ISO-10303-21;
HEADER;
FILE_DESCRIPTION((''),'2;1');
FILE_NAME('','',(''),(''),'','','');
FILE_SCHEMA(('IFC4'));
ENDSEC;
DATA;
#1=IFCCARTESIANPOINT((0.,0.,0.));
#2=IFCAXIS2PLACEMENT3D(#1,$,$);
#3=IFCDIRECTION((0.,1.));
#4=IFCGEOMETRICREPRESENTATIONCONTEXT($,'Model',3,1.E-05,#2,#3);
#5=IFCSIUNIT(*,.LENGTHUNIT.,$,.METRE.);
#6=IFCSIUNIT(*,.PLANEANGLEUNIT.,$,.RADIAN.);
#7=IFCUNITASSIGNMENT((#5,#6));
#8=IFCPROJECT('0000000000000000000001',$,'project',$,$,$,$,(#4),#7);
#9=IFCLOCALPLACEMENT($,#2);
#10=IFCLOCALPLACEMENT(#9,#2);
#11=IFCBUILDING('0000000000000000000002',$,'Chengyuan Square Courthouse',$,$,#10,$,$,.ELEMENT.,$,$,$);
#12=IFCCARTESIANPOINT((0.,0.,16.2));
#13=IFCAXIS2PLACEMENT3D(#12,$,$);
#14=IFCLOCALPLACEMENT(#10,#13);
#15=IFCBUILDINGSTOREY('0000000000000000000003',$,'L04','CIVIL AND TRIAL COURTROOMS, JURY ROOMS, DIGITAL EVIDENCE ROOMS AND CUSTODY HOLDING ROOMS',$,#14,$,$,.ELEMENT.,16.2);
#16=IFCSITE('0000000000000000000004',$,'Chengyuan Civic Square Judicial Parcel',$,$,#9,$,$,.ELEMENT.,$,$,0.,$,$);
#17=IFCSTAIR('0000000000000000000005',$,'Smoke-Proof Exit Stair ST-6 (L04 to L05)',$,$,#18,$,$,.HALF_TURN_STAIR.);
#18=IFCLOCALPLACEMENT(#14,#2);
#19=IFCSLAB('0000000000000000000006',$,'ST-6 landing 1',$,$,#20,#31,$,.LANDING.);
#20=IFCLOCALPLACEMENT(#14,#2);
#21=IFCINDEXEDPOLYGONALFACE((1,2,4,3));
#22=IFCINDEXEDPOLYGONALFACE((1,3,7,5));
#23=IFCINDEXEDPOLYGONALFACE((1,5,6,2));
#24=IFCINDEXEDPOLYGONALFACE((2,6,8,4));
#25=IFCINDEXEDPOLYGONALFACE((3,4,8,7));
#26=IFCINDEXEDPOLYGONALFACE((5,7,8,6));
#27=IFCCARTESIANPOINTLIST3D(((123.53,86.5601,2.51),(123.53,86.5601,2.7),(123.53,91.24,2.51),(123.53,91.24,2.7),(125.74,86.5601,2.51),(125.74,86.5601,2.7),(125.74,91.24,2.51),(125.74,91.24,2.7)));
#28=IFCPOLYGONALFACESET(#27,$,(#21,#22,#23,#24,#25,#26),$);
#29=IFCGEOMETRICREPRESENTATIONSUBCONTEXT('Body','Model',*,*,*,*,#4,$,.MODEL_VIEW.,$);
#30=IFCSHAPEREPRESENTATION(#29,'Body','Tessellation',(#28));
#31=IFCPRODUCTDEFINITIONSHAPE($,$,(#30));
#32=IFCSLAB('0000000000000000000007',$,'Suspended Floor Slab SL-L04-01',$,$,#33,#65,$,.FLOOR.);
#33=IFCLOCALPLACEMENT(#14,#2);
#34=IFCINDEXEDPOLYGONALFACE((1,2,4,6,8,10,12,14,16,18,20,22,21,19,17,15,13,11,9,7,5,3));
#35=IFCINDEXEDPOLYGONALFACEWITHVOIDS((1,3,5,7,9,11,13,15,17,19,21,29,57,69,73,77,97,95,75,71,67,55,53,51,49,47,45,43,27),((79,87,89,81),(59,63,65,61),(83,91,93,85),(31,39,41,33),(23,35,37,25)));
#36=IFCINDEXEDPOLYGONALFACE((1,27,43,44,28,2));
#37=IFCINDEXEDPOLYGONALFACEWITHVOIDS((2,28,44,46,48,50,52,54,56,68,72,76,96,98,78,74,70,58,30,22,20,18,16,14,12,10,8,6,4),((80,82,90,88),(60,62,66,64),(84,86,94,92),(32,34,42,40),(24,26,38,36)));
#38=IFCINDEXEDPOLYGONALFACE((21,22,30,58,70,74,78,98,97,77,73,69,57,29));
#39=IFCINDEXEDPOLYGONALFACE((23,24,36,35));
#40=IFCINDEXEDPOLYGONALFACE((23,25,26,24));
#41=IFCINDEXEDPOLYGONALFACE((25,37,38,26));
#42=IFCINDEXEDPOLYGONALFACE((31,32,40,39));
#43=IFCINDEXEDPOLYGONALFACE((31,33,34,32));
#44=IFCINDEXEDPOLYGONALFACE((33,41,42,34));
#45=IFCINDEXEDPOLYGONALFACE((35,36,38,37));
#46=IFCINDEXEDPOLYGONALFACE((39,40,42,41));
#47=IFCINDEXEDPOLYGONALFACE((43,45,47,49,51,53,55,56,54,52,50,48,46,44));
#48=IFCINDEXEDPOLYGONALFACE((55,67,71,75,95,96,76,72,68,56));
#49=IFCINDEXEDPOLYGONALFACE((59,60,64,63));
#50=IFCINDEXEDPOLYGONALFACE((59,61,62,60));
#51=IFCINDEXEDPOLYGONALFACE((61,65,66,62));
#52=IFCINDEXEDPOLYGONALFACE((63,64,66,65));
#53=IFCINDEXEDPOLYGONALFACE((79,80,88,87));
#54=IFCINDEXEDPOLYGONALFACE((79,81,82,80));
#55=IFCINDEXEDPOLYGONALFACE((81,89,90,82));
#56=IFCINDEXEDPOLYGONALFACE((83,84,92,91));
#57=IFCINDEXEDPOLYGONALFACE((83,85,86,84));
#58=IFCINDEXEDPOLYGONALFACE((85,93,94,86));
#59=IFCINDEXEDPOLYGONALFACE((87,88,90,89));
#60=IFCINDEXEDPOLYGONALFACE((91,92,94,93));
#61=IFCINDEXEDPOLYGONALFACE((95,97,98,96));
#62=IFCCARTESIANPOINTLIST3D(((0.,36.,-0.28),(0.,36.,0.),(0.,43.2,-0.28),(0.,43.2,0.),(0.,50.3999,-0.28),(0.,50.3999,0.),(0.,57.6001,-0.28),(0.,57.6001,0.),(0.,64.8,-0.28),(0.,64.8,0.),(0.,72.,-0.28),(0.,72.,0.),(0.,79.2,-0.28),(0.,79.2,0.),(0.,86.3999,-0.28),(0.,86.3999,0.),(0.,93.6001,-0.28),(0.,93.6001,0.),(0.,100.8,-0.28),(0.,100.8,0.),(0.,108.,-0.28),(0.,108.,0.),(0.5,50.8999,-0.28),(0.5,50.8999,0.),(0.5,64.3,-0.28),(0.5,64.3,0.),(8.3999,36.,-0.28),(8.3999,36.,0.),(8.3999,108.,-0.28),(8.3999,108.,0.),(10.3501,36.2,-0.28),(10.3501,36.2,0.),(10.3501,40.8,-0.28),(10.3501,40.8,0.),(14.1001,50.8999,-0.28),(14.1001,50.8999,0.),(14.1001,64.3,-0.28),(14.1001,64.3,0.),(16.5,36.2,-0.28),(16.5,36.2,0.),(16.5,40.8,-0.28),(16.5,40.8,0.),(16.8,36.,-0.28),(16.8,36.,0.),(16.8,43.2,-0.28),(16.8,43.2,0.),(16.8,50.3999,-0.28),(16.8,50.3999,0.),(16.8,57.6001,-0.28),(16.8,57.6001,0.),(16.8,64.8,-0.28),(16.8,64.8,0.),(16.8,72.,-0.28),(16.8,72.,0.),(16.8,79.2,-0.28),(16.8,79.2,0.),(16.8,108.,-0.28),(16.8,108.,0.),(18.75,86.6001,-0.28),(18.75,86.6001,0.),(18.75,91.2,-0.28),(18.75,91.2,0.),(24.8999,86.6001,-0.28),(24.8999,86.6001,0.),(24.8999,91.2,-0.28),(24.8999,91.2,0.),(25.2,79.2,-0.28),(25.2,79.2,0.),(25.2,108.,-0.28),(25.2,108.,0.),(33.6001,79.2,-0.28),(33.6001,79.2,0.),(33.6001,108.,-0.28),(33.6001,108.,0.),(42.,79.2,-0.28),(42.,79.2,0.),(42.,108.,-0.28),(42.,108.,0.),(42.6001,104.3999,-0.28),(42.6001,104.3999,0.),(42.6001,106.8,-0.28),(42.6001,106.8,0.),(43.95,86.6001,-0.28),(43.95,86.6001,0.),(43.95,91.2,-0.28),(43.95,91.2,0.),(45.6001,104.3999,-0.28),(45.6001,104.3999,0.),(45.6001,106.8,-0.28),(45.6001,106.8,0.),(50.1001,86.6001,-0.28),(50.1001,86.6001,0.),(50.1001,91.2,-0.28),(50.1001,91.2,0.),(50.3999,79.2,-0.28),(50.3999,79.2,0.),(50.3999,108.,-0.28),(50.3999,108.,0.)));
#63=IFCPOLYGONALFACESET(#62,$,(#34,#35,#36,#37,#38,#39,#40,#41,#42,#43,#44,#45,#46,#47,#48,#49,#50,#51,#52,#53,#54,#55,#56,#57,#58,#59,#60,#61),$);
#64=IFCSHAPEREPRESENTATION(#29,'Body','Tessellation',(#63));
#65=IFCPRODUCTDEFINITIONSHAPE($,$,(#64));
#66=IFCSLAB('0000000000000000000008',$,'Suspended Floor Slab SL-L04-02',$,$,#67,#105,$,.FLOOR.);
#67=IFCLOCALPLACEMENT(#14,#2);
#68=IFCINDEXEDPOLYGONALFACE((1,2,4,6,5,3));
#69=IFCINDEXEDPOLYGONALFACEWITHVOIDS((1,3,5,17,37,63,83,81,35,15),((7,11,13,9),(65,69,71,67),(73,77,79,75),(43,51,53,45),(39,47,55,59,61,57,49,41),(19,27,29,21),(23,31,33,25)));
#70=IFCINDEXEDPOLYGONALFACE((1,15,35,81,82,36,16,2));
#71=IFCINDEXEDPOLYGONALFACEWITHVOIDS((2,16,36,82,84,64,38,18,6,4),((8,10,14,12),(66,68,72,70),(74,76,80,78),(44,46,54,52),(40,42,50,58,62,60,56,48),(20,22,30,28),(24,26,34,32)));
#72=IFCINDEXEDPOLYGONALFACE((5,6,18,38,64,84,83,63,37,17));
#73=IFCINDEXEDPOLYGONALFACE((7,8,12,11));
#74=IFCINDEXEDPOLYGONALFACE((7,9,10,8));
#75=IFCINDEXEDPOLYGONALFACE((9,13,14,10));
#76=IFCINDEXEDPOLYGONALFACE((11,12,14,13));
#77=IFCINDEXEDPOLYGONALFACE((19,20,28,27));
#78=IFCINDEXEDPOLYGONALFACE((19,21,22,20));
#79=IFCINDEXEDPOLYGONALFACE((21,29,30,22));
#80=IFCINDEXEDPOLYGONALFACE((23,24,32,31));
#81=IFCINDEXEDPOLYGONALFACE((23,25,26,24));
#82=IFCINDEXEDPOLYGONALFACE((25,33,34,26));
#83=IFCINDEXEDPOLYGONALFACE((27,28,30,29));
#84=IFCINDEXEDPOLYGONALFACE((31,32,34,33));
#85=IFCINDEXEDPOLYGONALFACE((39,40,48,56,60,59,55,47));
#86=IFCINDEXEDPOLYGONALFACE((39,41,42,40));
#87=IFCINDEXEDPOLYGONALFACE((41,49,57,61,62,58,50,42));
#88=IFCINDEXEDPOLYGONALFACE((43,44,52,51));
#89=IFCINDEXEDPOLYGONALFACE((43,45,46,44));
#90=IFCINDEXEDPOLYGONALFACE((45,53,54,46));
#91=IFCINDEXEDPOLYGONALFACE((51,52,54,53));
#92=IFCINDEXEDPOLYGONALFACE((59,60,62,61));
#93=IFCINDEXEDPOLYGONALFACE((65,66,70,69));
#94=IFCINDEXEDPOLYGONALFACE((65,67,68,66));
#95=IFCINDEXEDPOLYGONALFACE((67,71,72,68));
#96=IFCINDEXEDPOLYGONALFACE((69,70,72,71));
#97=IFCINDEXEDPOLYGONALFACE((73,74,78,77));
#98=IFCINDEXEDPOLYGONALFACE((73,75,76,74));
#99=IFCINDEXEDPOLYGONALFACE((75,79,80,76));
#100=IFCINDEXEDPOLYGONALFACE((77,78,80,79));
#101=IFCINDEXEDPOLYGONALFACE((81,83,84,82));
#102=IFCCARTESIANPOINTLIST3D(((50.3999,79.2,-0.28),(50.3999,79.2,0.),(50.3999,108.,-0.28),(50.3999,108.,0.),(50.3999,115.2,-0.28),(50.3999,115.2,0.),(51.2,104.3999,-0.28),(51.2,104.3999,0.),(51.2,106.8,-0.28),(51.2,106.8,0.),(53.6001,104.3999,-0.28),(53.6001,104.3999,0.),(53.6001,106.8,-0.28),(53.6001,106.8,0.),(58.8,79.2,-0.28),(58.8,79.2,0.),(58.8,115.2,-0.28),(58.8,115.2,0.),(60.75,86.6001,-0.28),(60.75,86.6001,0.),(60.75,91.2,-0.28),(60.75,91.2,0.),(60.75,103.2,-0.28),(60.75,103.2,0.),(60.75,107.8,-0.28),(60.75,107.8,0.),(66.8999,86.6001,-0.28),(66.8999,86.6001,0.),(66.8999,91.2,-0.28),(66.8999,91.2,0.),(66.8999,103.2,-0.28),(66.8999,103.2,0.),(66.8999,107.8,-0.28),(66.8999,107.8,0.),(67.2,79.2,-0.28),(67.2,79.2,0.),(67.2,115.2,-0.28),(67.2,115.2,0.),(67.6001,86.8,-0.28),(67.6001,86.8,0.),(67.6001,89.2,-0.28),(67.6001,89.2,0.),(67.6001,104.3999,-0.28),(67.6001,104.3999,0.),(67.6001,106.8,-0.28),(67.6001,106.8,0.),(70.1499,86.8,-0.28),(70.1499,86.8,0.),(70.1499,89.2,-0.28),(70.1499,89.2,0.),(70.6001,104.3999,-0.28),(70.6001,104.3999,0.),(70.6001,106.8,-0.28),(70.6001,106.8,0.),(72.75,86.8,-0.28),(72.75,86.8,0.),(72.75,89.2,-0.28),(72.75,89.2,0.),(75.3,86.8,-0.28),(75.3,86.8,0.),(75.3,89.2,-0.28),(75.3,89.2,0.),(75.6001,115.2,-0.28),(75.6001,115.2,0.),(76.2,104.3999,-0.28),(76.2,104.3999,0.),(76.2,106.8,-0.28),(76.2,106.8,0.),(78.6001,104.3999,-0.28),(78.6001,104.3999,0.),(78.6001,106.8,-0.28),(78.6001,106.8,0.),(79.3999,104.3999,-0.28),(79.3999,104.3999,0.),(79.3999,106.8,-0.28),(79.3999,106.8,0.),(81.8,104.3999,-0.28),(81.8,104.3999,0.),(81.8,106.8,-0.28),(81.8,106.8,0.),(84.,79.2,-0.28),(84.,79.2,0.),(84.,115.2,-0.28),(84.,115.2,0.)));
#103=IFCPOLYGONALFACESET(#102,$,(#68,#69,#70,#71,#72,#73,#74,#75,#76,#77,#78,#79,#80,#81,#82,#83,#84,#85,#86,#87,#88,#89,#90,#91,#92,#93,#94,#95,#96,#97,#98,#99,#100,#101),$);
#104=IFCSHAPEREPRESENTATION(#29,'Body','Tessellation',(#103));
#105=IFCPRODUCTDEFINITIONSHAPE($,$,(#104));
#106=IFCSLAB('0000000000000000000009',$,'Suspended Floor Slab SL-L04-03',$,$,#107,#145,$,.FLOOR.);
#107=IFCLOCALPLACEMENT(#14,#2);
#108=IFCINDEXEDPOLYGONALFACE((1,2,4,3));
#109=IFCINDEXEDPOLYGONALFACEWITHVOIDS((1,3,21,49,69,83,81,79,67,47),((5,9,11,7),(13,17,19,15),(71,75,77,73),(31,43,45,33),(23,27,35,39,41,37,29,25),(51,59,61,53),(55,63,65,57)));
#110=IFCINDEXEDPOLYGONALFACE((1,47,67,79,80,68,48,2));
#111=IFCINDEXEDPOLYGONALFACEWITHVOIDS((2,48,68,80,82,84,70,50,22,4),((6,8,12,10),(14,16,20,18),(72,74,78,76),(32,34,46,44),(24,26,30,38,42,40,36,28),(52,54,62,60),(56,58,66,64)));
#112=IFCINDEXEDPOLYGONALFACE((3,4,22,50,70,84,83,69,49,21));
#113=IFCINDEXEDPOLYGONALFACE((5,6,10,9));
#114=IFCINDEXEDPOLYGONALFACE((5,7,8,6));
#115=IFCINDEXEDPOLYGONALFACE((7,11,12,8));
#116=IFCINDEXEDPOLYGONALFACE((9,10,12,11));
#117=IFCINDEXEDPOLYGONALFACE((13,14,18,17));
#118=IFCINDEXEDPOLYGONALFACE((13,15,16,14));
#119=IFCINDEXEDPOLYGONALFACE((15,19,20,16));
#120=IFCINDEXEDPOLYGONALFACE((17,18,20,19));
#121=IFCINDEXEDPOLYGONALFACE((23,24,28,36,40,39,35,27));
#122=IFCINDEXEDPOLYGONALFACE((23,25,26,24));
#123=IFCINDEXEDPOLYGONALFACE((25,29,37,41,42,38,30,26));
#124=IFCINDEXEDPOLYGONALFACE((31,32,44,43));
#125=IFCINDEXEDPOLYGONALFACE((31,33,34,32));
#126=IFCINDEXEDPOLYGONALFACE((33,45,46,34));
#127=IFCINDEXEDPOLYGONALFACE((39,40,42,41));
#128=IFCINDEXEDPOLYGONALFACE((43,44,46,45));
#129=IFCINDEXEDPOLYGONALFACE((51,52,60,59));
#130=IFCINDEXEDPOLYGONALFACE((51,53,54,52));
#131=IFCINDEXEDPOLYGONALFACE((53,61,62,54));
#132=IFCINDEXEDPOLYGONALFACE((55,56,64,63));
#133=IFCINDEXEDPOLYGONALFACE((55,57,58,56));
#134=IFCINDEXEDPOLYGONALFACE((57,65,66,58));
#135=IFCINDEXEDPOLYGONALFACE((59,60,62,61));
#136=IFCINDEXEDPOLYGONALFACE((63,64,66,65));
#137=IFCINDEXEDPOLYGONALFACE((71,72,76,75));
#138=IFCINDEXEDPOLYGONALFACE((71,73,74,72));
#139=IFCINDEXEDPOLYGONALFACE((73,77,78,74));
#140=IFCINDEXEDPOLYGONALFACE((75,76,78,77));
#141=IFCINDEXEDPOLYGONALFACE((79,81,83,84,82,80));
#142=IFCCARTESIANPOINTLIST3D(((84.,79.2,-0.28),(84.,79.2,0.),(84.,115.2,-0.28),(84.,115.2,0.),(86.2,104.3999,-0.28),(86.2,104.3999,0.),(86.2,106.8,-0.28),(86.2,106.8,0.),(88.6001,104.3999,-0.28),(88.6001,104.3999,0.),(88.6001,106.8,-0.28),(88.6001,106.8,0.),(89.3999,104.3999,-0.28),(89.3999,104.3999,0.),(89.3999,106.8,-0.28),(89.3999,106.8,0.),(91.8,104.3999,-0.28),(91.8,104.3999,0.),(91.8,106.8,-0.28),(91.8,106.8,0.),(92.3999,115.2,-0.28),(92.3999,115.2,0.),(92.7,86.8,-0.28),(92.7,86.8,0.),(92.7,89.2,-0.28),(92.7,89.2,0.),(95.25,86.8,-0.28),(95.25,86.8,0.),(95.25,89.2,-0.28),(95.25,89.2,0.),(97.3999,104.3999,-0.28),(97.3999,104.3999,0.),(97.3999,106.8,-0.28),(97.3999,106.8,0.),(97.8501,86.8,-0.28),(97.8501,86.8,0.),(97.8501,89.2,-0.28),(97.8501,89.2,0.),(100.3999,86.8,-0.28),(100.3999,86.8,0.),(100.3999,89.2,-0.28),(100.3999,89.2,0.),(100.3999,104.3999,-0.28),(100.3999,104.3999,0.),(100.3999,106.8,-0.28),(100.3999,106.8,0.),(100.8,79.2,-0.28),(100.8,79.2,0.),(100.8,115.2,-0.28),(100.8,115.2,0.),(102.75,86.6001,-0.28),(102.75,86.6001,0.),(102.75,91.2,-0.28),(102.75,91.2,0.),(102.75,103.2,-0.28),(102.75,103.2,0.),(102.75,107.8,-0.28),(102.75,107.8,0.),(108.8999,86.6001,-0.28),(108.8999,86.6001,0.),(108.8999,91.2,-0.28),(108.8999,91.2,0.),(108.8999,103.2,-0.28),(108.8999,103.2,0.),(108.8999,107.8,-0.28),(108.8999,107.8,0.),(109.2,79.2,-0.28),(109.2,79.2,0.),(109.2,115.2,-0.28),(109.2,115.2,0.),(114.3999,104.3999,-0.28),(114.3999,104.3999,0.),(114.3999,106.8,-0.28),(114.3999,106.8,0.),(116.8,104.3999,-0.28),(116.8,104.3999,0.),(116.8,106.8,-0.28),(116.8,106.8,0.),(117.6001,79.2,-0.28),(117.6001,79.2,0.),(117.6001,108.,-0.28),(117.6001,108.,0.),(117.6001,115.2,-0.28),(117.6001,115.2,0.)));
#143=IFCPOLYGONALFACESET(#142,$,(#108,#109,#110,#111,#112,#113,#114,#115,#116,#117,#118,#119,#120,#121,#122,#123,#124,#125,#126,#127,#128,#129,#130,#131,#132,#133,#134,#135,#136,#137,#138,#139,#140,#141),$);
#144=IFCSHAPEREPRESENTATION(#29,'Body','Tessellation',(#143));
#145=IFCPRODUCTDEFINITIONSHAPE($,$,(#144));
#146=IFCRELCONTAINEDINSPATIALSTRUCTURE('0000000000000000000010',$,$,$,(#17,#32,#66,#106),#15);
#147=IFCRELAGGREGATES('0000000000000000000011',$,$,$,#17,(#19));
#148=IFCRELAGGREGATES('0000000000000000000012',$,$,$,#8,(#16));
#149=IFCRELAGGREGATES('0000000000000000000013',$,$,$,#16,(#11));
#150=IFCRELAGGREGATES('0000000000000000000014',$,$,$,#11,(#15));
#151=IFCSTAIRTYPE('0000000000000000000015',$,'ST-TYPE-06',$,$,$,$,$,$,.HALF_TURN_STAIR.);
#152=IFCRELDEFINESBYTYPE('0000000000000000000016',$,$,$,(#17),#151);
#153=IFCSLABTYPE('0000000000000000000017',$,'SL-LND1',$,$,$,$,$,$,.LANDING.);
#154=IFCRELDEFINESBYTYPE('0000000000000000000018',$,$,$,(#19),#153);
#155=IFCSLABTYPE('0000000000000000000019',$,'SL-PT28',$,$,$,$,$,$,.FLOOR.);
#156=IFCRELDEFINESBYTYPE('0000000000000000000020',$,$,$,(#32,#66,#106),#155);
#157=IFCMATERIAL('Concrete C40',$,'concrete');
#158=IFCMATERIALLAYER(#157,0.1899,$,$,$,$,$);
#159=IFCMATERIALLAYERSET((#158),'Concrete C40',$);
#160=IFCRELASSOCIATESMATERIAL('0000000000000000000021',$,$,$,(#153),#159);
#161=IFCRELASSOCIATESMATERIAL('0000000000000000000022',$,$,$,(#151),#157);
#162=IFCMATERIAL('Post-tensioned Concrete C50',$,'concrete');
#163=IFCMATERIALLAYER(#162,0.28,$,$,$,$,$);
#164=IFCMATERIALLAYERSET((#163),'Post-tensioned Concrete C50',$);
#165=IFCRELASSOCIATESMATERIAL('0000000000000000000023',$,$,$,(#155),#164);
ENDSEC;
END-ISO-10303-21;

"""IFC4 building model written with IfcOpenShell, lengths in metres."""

from ifc_helpers import new_model, si_unit, direction, frame, origin, place, context, subcontext, project, spatial, polyline, outline, extrude, material, layer, layer_set, type_object, element, aggregate, save


model = new_model("IFC4")

# Units and contexts
model_context = context("Model", 3, precision=1e-05, world=origin(), true_north=direction((0.0, 1.0)))
body_context = subcontext(model_context, "Body", "Model", "MODEL_VIEW")
ifc_project = project(units=[si_unit("LENGTHUNIT", "METRE"), si_unit("PLANEANGLEUNIT", "RADIAN")], contexts=[model_context])

# Site, building, storey
site_placement = place(None, origin())
site = spatial("IfcSite", under=ifc_project, at=site_placement, Name="Chengyuan Civic Square Judicial Parcel", CompositionType="ELEMENT", RefElevation=0.0)
building_placement = place(site_placement, origin())
building = spatial("IfcBuilding", under=site, at=building_placement, Name="Chengyuan Square Courthouse", CompositionType="ELEMENT")
storey_placement = place(building_placement, frame((0.0, 0.0, 16.2)))
storey = spatial("IfcBuildingStorey", under=building, at=storey_placement, Name="L04", Description="CIVIL AND TRIAL COURTROOMS, JURY ROOMS, DIGITAL EVIDENCE ROOMS AND CUSTODY HOLDING ROOMS", CompositionType="ELEMENT", Elevation=16.2)

# Shared definitions
ifc_material_1 = material(Name="Concrete C40", Category="concrete")

# Stair, slab
ifc_layer_1 = layer(ifc_material_1, 0.1899)
ifc_layer_set_1 = layer_set([ifc_layer_1], Name="Concrete C40")
slab_type_1 = type_object("IfcSlabType", Name="SL-LND1", PredefinedType="LANDING", material=ifc_layer_set_1)
stair_type_1 = type_object("IfcStairType", Name="ST-TYPE-06", PredefinedType="HALF_TURN_STAIR", material=ifc_material_1)
stair_1_placement = place(storey_placement, origin())
stair_1 = element("IfcStair", 1, at=stair_1_placement, inside=storey, type_object=stair_type_1, Name="Smoke-Proof Exit Stair ST-6 (L04 to L05)", PredefinedType="HALF_TURN_STAIR")
slab_1_placement = place(storey_placement, frame((0.0, 0.0, 2.51)))
slab_1 = element("IfcSlab", 2, at=slab_1_placement, type_object=slab_type_1, Name="ST-6 landing 1", PredefinedType="LANDING", context=body_context, shape_type="SweptSolid", body=[
    extrude(outline(polyline([(123.53, 86.5601), (125.74, 86.5601), (125.74, 91.24), (123.53, 91.24), (123.53, 86.5601)])), origin(), (0.0, 0.0, 1.0), 0.1899),
])
aggregate(stair_1, [slab_1])

# Slabs
ifc_material_2 = material(Name="Post-tensioned Concrete C50", Category="concrete")
ifc_layer_2 = layer(ifc_material_2, 0.28)
ifc_layer_set_2 = layer_set([ifc_layer_2], Name="Post-tensioned Concrete C50")
slab_type_2 = type_object("IfcSlabType", Name="SL-PT28", PredefinedType="FLOOR", material=ifc_layer_set_2)
slab_2_placement = place(storey_placement, frame((0.0, 0.0, -0.28)))
element("IfcSlab", 3, at=slab_2_placement, inside=storey, type_object=slab_type_2, Name="Suspended Floor Slab SL-L04-01", PredefinedType="FLOOR", context=body_context, shape_type="SweptSolid", body=[
    extrude(outline(polyline([(0.0, 86.3999), (0.0, 93.6001), (0.0, 100.8), (0.0, 108.0), (8.3999, 108.0), (16.8, 108.0), (25.2, 108.0), (33.6001, 108.0), (42.0, 108.0), (50.3999, 108.0), (50.3999, 79.2), (42.0, 79.2), (33.6001, 79.2), (25.2, 79.2), (16.8, 79.2), (16.8, 72.0), (16.8, 64.8), (16.8, 57.6001), (16.8, 50.3999), (16.8, 43.2), (16.8, 36.0), (8.3999, 36.0), (0.0, 36.0), (0.0, 43.2), (0.0, 50.3999), (0.0, 57.6001), (0.0, 64.8), (0.0, 72.0), (0.0, 79.2), (0.0, 86.3999)]), holes=[polyline([(10.3501, 40.8), (10.3501, 36.2), (16.5, 36.2), (16.5, 40.8), (10.3501, 40.8)]), polyline([(14.1001, 64.3), (0.5, 64.3), (0.5, 50.8999), (14.1001, 50.8999), (14.1001, 64.3)]), polyline([(24.8999, 91.2), (18.75, 91.2), (18.75, 86.6001), (24.8999, 86.6001), (24.8999, 91.2)]), polyline([(43.95, 91.2), (43.95, 86.6001), (50.1001, 86.6001), (50.1001, 91.2), (43.95, 91.2)]), polyline([(45.6001, 106.8), (42.6001, 106.8), (42.6001, 104.3999), (45.6001, 104.3999), (45.6001, 106.8)])]), origin(), (0.0, 0.0, 1.0), 0.28),
])
slab_3_placement = place(storey_placement, frame((0.0, 0.0, -0.28)))
element("IfcSlab", 4, at=slab_3_placement, inside=storey, type_object=slab_type_2, Name="Suspended Floor Slab SL-L04-02", PredefinedType="FLOOR", context=body_context, shape_type="SweptSolid", body=[
    extrude(outline(polyline([(50.3999, 115.2), (58.8, 115.2), (67.2, 115.2), (75.6001, 115.2), (84.0, 115.2), (84.0, 79.2), (67.2, 79.2), (58.8, 79.2), (50.3999, 79.2), (50.3999, 108.0), (50.3999, 115.2)]), holes=[polyline([(70.1499, 89.2), (67.6001, 89.2), (67.6001, 86.8), (70.1499, 86.8), (72.75, 86.8), (75.3, 86.8), (75.3, 89.2), (72.75, 89.2), (70.1499, 89.2)]), polyline([(66.8999, 91.2), (60.75, 91.2), (60.75, 86.6001), (66.8999, 86.6001), (66.8999, 91.2)]), polyline([(66.8999, 107.8), (60.75, 107.8), (60.75, 103.2), (66.8999, 103.2), (66.8999, 107.8)]), polyline([(53.6001, 106.8), (51.2, 106.8), (51.2, 104.3999), (53.6001, 104.3999), (53.6001, 106.8)]), polyline([(70.6001, 106.8), (67.6001, 106.8), (67.6001, 104.3999), (70.6001, 104.3999), (70.6001, 106.8)]), polyline([(78.6001, 106.8), (76.2, 106.8), (76.2, 104.3999), (78.6001, 104.3999), (78.6001, 106.8)]), polyline([(79.3999, 106.8), (79.3999, 104.3999), (81.8, 104.3999), (81.8, 106.8), (79.3999, 106.8)])]), origin(), (0.0, 0.0, 1.0), 0.28),
])
slab_4_placement = place(storey_placement, frame((0.0, 0.0, -0.28)))
element("IfcSlab", 5, at=slab_4_placement, inside=storey, type_object=slab_type_2, Name="Suspended Floor Slab SL-L04-03", PredefinedType="FLOOR", context=body_context, shape_type="SweptSolid", body=[
    extrude(outline(polyline([(92.3999, 115.2), (100.8, 115.2), (109.2, 115.2), (117.6001, 115.2), (117.6001, 108.0), (117.6001, 79.2), (109.2, 79.2), (100.8, 79.2), (84.0, 79.2), (84.0, 115.2), (92.3999, 115.2)]), holes=[polyline([(95.25, 89.2), (92.7, 89.2), (92.7, 86.8), (95.25, 86.8), (97.8501, 86.8), (100.3999, 86.8), (100.3999, 89.2), (97.8501, 89.2), (95.25, 89.2)]), polyline([(108.8999, 91.2), (102.75, 91.2), (102.75, 86.6001), (108.8999, 86.6001), (108.8999, 91.2)]), polyline([(108.8999, 107.8), (102.75, 107.8), (102.75, 103.2), (108.8999, 103.2), (108.8999, 107.8)]), polyline([(88.6001, 106.8), (86.2, 106.8), (86.2, 104.3999), (88.6001, 104.3999), (88.6001, 106.8)]), polyline([(91.8, 106.8), (89.3999, 106.8), (89.3999, 104.3999), (91.8, 104.3999), (91.8, 106.8)]), polyline([(100.3999, 106.8), (97.3999, 106.8), (97.3999, 104.3999), (100.3999, 104.3999), (100.3999, 106.8)]), polyline([(116.8, 106.8), (114.3999, 106.8), (114.3999, 104.3999), (116.8, 104.3999), (116.8, 106.8)])]), origin(), (0.0, 0.0, 1.0), 0.28),
])

save(model, "model.ifc")
